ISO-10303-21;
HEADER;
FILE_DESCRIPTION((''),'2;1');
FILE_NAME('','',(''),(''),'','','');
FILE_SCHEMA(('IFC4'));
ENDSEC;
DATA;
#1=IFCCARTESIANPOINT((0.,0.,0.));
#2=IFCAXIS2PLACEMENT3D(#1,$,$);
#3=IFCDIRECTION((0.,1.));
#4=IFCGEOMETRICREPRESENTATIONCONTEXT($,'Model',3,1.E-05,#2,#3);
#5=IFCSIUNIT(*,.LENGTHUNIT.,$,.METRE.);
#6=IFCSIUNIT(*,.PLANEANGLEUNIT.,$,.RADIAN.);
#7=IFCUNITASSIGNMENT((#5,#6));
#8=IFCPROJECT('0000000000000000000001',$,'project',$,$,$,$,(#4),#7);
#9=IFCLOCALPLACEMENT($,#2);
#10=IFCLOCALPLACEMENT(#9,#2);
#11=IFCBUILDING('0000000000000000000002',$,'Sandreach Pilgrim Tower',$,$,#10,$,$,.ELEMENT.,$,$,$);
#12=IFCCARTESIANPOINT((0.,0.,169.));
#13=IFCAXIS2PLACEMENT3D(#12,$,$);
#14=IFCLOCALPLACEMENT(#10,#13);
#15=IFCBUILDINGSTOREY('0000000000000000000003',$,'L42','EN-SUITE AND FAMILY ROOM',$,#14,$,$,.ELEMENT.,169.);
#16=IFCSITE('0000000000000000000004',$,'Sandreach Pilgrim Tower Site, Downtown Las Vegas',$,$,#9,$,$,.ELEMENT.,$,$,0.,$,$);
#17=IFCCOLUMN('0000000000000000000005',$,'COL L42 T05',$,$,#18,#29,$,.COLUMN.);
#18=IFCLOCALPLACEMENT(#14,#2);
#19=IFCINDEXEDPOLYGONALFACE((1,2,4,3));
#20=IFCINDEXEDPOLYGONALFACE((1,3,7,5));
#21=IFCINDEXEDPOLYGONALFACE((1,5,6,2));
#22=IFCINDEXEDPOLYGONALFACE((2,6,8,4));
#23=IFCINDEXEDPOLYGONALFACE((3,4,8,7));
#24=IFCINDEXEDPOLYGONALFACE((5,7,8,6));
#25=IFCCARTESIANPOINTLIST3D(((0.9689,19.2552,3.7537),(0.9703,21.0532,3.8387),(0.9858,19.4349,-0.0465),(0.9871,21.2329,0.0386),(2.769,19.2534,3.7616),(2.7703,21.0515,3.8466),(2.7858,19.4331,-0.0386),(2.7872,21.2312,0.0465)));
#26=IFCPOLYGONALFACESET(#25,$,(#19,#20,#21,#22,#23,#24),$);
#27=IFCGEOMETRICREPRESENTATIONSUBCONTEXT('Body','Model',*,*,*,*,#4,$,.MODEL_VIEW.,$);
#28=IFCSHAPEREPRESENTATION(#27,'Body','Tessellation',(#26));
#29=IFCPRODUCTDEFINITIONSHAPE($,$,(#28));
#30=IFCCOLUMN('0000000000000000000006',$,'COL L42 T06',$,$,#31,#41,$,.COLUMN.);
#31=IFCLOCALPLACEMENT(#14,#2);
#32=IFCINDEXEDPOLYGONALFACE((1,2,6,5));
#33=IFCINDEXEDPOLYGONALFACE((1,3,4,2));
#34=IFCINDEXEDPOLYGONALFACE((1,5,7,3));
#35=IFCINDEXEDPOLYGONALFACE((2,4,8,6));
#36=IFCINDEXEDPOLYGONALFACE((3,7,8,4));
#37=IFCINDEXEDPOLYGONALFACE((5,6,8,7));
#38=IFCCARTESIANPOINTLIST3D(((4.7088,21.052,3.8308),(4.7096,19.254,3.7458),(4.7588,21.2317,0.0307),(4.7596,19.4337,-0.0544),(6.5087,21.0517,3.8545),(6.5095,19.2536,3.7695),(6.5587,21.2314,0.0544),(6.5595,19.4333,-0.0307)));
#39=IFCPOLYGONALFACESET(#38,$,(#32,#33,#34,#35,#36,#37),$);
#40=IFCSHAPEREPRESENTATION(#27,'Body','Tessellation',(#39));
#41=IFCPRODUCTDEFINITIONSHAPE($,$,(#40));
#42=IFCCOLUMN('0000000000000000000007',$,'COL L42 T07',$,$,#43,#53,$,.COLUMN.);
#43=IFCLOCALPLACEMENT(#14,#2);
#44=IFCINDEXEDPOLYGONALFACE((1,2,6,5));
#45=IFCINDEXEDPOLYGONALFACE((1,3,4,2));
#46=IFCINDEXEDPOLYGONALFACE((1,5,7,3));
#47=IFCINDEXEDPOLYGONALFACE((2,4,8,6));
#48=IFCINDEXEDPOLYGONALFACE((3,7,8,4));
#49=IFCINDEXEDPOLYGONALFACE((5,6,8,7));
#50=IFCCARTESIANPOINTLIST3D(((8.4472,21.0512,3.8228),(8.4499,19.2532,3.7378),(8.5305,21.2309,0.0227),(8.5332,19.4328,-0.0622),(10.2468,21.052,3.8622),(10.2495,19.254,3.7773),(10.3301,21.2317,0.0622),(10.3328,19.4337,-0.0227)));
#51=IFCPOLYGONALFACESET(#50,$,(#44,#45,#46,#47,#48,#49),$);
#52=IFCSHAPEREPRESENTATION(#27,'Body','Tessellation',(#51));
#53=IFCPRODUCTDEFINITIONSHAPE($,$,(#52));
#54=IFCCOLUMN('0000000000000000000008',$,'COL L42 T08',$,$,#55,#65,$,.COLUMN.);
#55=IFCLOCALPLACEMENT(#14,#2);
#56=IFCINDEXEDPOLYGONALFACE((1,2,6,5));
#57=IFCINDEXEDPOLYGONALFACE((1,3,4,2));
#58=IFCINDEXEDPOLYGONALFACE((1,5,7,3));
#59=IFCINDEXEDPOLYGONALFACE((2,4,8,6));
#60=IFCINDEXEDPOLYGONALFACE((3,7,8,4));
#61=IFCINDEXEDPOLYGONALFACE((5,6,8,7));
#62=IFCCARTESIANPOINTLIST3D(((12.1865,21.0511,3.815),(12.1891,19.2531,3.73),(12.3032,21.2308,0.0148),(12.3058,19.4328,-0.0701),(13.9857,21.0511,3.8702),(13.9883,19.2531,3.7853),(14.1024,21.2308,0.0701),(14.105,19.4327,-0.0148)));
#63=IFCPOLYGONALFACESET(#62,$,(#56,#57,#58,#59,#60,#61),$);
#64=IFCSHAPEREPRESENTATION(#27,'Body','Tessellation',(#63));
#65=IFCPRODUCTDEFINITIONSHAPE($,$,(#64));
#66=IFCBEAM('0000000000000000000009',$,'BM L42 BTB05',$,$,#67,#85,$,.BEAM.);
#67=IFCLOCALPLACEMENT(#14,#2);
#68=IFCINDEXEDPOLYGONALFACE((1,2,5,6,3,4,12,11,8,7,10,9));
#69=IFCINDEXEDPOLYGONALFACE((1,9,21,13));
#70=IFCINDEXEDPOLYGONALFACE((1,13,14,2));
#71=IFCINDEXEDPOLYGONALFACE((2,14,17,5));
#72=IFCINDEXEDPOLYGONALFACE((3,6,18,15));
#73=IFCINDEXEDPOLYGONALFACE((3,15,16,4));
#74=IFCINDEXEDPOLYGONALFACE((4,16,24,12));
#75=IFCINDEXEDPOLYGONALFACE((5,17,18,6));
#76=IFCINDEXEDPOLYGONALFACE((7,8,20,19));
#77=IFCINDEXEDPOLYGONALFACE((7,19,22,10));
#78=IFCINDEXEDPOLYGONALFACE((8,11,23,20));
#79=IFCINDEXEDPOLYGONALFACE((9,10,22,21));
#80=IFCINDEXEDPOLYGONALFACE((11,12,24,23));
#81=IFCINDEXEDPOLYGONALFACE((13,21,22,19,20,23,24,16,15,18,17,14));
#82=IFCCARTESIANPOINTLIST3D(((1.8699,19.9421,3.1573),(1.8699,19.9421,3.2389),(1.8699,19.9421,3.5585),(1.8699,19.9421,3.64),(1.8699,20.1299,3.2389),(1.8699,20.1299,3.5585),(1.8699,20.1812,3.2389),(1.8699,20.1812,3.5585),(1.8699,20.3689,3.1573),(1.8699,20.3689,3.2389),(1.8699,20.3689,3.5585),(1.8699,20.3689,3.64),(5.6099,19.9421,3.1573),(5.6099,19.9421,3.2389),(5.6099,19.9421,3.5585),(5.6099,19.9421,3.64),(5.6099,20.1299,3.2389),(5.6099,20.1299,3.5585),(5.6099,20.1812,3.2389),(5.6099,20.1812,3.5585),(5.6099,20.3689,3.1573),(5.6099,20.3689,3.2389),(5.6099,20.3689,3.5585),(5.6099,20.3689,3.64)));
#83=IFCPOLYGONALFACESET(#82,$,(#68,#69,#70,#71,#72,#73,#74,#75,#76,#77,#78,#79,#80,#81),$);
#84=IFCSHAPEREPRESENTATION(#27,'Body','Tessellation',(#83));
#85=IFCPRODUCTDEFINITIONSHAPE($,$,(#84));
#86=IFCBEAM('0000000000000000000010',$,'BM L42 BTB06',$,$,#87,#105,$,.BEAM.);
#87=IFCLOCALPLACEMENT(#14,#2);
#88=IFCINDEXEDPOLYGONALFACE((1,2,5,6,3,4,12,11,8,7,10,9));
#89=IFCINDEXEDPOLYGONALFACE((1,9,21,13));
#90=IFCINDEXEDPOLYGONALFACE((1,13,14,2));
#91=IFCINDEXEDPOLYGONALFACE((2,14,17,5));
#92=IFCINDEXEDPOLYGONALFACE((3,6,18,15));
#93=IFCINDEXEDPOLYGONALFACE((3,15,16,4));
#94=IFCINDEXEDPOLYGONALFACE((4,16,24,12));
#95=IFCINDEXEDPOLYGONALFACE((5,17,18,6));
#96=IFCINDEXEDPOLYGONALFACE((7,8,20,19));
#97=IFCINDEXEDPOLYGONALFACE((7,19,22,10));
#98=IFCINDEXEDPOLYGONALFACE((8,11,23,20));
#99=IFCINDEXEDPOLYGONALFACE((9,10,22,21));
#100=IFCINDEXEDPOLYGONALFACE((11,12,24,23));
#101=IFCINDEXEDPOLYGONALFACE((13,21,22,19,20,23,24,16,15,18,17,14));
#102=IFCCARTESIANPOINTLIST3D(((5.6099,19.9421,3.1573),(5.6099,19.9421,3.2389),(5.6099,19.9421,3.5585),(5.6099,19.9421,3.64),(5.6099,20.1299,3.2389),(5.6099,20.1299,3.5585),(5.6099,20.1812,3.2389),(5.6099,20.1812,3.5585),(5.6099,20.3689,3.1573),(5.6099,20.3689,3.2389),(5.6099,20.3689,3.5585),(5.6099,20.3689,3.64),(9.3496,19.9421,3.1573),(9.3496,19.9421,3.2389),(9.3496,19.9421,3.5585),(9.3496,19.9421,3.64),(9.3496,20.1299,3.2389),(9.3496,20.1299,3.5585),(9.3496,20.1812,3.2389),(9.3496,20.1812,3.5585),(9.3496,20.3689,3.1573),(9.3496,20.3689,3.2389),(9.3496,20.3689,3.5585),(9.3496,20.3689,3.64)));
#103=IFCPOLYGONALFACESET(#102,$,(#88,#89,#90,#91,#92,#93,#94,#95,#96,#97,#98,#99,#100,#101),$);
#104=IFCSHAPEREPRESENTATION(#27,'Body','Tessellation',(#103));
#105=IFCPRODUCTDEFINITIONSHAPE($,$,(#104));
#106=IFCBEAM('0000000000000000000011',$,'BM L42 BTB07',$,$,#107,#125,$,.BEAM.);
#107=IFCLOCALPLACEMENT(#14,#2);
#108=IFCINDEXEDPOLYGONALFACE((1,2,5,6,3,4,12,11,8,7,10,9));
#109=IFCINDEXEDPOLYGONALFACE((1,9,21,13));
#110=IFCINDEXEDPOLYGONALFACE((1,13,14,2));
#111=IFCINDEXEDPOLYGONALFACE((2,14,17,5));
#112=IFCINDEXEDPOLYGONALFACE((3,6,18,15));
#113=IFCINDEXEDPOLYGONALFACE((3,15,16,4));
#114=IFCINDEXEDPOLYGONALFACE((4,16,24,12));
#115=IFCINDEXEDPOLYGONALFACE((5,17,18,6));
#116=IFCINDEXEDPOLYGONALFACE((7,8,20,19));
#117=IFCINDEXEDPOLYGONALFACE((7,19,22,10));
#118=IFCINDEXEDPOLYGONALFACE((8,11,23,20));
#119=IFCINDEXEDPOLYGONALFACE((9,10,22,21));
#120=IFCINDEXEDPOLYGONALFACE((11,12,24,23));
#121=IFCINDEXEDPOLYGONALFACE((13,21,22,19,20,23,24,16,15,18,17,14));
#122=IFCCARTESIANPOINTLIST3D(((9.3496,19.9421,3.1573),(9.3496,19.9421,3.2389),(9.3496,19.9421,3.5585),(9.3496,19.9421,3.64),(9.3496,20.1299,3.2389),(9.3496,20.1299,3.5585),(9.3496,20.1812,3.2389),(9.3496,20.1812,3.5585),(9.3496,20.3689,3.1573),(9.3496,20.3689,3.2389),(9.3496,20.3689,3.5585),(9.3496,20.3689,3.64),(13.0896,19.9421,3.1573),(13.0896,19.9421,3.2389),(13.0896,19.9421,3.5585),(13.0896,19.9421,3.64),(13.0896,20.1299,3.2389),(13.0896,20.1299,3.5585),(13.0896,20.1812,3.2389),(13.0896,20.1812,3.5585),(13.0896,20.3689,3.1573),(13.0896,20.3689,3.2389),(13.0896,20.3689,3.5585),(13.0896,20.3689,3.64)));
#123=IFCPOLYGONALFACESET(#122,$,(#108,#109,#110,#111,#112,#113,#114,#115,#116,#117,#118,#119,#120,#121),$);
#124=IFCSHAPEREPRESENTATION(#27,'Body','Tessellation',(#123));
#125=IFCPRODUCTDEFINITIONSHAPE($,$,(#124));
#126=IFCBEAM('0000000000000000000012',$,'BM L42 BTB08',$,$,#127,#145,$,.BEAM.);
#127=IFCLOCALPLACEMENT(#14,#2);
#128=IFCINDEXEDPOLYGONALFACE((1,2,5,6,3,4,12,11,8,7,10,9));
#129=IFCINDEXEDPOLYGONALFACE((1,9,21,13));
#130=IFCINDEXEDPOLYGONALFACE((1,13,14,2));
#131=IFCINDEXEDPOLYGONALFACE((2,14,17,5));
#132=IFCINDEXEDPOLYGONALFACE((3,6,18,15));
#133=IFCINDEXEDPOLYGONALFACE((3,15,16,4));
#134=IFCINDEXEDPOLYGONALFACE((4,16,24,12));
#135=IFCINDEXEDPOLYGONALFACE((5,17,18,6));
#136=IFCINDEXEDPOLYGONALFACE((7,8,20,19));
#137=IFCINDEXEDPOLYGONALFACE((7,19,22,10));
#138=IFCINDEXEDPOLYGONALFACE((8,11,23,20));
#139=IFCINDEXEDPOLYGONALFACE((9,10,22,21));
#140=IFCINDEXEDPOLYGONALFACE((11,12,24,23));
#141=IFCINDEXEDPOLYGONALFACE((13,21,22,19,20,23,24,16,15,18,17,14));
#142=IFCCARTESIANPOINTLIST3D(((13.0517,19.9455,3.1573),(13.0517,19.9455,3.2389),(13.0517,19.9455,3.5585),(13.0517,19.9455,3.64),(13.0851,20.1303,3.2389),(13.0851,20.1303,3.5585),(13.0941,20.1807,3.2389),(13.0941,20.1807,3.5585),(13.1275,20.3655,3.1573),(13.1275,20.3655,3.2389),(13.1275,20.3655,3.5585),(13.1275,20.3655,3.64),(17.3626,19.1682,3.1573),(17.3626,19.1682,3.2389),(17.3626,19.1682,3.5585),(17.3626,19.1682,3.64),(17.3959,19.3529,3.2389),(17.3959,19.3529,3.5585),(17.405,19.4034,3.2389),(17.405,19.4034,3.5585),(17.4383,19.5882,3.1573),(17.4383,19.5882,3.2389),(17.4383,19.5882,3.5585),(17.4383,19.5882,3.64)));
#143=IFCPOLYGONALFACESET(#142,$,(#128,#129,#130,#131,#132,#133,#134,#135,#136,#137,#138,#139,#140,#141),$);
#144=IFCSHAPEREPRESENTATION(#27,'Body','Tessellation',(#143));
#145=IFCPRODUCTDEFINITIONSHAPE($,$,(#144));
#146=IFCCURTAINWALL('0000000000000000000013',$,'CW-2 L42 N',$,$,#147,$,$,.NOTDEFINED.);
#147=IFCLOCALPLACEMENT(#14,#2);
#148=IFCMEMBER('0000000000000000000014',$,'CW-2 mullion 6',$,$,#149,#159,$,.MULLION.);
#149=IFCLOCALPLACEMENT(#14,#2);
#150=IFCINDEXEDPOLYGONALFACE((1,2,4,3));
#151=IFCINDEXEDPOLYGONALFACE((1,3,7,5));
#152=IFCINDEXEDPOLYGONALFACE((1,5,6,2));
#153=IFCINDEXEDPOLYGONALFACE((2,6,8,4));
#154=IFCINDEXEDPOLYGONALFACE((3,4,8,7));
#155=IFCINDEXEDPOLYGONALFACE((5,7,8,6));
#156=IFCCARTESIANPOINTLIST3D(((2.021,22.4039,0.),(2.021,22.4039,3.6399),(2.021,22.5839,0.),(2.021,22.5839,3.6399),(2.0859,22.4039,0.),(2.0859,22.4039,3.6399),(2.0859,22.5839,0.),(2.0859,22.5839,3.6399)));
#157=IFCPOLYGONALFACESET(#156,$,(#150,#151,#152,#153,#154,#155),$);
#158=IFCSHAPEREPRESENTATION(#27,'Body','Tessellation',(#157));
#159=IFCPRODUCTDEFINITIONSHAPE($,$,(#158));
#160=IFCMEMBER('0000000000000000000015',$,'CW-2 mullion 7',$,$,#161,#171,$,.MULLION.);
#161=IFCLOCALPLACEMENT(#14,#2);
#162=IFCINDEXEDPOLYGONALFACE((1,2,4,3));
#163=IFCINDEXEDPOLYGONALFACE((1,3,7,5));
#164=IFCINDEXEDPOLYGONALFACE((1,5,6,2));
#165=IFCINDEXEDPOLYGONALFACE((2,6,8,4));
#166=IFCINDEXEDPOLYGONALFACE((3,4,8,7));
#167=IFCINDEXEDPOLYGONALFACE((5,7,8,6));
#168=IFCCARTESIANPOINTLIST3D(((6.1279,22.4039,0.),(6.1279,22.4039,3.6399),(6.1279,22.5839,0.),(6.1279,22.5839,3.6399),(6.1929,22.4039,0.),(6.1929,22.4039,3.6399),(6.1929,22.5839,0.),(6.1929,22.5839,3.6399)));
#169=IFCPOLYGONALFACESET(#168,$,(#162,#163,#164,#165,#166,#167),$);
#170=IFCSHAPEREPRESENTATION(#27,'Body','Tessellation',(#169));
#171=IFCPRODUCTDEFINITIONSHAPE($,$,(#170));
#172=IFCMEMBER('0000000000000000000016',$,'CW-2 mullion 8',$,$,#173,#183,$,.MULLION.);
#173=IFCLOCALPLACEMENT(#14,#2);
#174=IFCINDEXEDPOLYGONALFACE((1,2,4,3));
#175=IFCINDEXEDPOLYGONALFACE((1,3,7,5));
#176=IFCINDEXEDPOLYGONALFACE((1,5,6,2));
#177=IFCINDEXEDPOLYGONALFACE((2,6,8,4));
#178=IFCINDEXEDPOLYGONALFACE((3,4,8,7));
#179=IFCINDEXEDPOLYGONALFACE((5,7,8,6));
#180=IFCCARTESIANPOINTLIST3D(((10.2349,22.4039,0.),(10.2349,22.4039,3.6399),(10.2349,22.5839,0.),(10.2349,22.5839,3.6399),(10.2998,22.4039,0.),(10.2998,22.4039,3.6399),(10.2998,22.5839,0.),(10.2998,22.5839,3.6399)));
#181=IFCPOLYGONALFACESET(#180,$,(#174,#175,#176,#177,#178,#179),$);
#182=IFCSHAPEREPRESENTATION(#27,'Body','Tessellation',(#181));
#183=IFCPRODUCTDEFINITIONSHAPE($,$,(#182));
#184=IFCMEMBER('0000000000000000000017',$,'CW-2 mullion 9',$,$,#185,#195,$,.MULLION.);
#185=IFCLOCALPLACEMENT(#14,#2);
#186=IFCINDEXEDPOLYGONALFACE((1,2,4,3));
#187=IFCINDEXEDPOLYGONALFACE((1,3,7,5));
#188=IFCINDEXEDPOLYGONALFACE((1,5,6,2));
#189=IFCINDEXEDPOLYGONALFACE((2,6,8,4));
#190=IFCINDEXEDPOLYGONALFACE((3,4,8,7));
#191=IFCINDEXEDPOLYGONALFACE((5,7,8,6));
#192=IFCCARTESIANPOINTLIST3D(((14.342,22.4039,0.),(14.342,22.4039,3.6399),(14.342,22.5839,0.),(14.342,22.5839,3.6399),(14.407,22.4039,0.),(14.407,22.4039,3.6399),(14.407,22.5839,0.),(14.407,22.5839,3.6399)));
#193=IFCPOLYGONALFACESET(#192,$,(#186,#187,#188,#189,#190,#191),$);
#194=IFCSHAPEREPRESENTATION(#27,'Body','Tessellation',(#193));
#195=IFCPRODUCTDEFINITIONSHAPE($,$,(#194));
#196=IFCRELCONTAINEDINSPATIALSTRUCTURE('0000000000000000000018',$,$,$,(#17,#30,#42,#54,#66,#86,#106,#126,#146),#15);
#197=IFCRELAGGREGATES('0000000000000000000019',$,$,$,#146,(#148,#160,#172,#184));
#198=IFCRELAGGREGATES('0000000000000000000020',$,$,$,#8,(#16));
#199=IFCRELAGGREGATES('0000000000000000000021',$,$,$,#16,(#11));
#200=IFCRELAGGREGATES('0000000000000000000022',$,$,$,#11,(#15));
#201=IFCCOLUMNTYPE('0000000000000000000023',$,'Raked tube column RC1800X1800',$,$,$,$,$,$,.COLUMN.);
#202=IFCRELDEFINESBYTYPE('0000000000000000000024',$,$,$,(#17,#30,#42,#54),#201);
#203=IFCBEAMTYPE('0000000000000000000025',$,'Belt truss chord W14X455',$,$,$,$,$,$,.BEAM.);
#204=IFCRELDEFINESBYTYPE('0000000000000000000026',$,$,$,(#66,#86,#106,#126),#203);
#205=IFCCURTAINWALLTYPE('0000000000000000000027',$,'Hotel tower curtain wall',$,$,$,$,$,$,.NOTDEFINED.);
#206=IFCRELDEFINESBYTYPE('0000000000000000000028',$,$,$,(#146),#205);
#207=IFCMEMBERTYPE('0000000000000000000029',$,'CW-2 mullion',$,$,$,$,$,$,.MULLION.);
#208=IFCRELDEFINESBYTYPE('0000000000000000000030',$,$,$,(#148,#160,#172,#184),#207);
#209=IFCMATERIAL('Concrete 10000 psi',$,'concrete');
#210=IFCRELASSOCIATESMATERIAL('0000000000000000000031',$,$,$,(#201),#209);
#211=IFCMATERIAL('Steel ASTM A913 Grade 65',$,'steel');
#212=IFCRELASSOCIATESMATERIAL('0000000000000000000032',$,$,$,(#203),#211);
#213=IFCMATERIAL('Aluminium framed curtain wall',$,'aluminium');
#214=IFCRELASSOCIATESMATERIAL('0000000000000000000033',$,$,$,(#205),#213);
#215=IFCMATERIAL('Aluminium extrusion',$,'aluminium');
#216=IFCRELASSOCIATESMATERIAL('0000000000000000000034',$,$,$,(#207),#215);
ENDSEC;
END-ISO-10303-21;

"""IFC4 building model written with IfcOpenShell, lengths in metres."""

from ifc_helpers import new_model, si_unit, direction, frame, origin, origin_2d, place, context, subcontext, project, spatial, rectangle, i_section, extrude, material, material_profile, profile_set, type_object, element, aggregate, save


model = new_model("IFC4")

# Units and contexts
model_context = context("Model", 3, precision=1e-05, world=origin(), true_north=direction((0.0, 1.0)))
body_context = subcontext(model_context, "Body", "Model", "MODEL_VIEW")
ifc_project = project(units=[si_unit("LENGTHUNIT", "METRE"), si_unit("PLANEANGLEUNIT", "RADIAN")], contexts=[model_context])

# Site, building, storey
site_placement = place(None, origin())
site = spatial("IfcSite", under=ifc_project, at=site_placement, Name="Sandreach Pilgrim Tower Site, Downtown Las Vegas", CompositionType="ELEMENT", RefElevation=0.0)
building_placement = place(site_placement, origin())
building = spatial("IfcBuilding", under=site, at=building_placement, Name="Sandreach Pilgrim Tower", CompositionType="ELEMENT")
storey_placement = place(building_placement, frame((0.0, 0.0, 169.0)))
storey = spatial("IfcBuildingStorey", under=building, at=storey_placement, Name="L42", Description="EN-SUITE AND FAMILY ROOM", CompositionType="ELEMENT", Elevation=169.0)

# Columns
ifc_material_1 = material(Name="Concrete 10000 psi", Category="concrete")
ifc_material_profile_1 = material_profile(ifc_material_1, rectangle(XDim=1.8, YDim=1.8, at=origin_2d()), Name="RC1800X1800")
ifc_profile_set_1 = profile_set([ifc_material_profile_1], Name="Concrete 10000 psi")
column_type = type_object("IfcColumnType", Name="Raked tube column RC1800X1800", PredefinedType="COLUMN", material=ifc_profile_set_1)
column_1_placement = place(storey_placement, frame((1.8865, 20.333, 0.0), z_axis=(-0.004428, -0.047232, 0.998874), x_axis=(0.000758, 0.998883, 0.047236)))
element("IfcColumn", 1, at=column_1_placement, inside=storey, type_object=column_type, Name="COL L42 T05", PredefinedType="COLUMN", context=body_context, shape_type="SweptSolid", body=[
    extrude(rectangle(XDim=1.8, YDim=1.8, at=origin_2d()), origin(), (0.0, 0.0, 1.0), 3.8044),
])
column_2_placement = place(storey_placement, frame((5.6592, 20.3325, 0.0), z_axis=(-0.013155, -0.047229, 0.998797), x_axis=(-0.000431, 0.998884, 0.047227)))
element("IfcColumn", 2, at=column_2_placement, inside=storey, type_object=column_type, Name="COL L42 T06", PredefinedType="COLUMN", context=body_context, shape_type="SweptSolid", body=[
    extrude(rectangle(XDim=1.8, YDim=1.8, at=origin_2d()), origin(), (0.0, 0.0, 1.0), 3.8047),
])
column_3_placement = place(storey_placement, frame((9.4316, 20.3323, 0.0), z_axis=(-0.021878, -0.047221, 0.998645), x_axis=(-0.001498, 0.998884, 0.0472)))
element("IfcColumn", 3, at=column_3_placement, inside=storey, type_object=column_type, Name="COL L42 T07", PredefinedType="COLUMN", context=body_context, shape_type="SweptSolid", body=[
    extrude(rectangle(XDim=1.8, YDim=1.8, at=origin_2d()), origin(), (0.0, 0.0, 1.0), 3.8052),
])
column_4_placement = place(storey_placement, frame((13.2041, 20.3318, 0.0), z_axis=(-0.030661, -0.047211, 0.998414), x_axis=(-0.00143, 0.998885, 0.047189)))
element("IfcColumn", 4, at=column_4_placement, inside=storey, type_object=column_type, Name="COL L42 T08", PredefinedType="COLUMN", context=body_context, shape_type="SweptSolid", body=[
    extrude(rectangle(XDim=1.8, YDim=1.8, at=origin_2d()), origin(), (0.0, 0.0, 1.0), 3.8062),
])

# Beams
ifc_material_2 = material(Name="Steel ASTM A913 Grade 65", Category="steel")
ifc_material_profile_2 = material_profile(ifc_material_2, i_section(OverallWidth=0.4268, OverallDepth=0.4827, WebThickness=0.0513, FlangeThickness=0.0815, at=origin_2d()), Name="W14X455")
ifc_profile_set_2 = profile_set([ifc_material_profile_2], Name="Steel ASTM A913 Grade 65")
beam_type_1 = type_object("IfcBeamType", Name="Belt truss chord W14X455", PredefinedType="BEAM", material=ifc_profile_set_2)
beam_1_placement = place(storey_placement, frame((1.8699, 20.1555, 3.3987), z_axis=(1.0, 0.0, 0.0), x_axis=(0.0, 1.0, 0.0)))
element("IfcBeam", 5, at=beam_1_placement, inside=storey, type_object=beam_type_1, Name="BM L42 BTB05", PredefinedType="BEAM", context=body_context, shape_type="SweptSolid", body=[
    extrude(i_section(OverallWidth=0.4268, OverallDepth=0.4827, WebThickness=0.0513, FlangeThickness=0.0815, at=origin_2d()), origin(), (0.0, 0.0, 1.0), 3.74),
])
beam_2_placement = place(storey_placement, frame((5.6099, 20.1555, 3.3987), z_axis=(1.0, 0.0, 0.0), x_axis=(0.0, 1.0, 0.0)))
element("IfcBeam", 6, at=beam_2_placement, inside=storey, type_object=beam_type_1, Name="BM L42 BTB06", PredefinedType="BEAM", context=body_context, shape_type="SweptSolid", body=[
    extrude(i_section(OverallWidth=0.4268, OverallDepth=0.4827, WebThickness=0.0513, FlangeThickness=0.0815, at=origin_2d()), origin(), (0.0, 0.0, 1.0), 3.7397),
])
beam_3_placement = place(storey_placement, frame((9.3496, 20.1555, 3.3987), z_axis=(1.0, 0.0, 0.0), x_axis=(0.0, 1.0, 0.0)))
element("IfcBeam", 7, at=beam_3_placement, inside=storey, type_object=beam_type_1, Name="BM L42 BTB07", PredefinedType="BEAM", context=body_context, shape_type="SweptSolid", body=[
    extrude(i_section(OverallWidth=0.4268, OverallDepth=0.4827, WebThickness=0.0513, FlangeThickness=0.0815, at=origin_2d()), origin(), (0.0, 0.0, 1.0), 3.74),
])
beam_4_placement = place(storey_placement, frame((13.0896, 20.1555, 3.3987), z_axis=(0.984127, -0.177463, 0.0), x_axis=(0.177463, 0.984127, 0.0)))
element("IfcBeam", 8, at=beam_4_placement, inside=storey, type_object=beam_type_1, Name="BM L42 BTB08", PredefinedType="BEAM", context=body_context, shape_type="SweptSolid", body=[
    extrude(i_section(OverallWidth=0.4268, OverallDepth=0.4827, WebThickness=0.0513, FlangeThickness=0.0815, at=origin_2d()), origin(), (0.0, 0.0, 1.0), 4.3804),
])

# Curtain wall, members
ifc_material_3 = material(Name="Aluminium framed curtain wall", Category="aluminium")
curtain_wall_type = type_object("IfcCurtainWallType", Name="Hotel tower curtain wall", PredefinedType="NOTDEFINED", material=ifc_material_3)
curtain_wall_placement = place(storey_placement, origin())
curtain_wall = element("IfcCurtainWall", 9, at=curtain_wall_placement, inside=storey, type_object=curtain_wall_type, Name="CW-2 L42 N", PredefinedType="NOTDEFINED")
ifc_material_4 = material(Name="Aluminium extrusion", Category="aluminium")
ifc_material_profile_3 = material_profile(ifc_material_4, rectangle(XDim=0.0649, YDim=0.1799, at=origin_2d()), Name="CW-2M 65X180")
ifc_profile_set_3 = profile_set([ifc_material_profile_3], Name="Aluminium extrusion")
member_type_1 = type_object("IfcMemberType", Name="CW-2 mullion", PredefinedType="MULLION", material=ifc_profile_set_3)
member_1_placement = place(storey_placement, frame((2.0535, 22.4939, 0.0), z_axis=(0.0, 0.0, 1.0), x_axis=(1.0, 0.0, 0.0)))
member_1 = element("IfcMember", 10, at=member_1_placement, type_object=member_type_1, Name="CW-2 mullion 6", PredefinedType="MULLION", context=body_context, shape_type="SweptSolid", body=[
    extrude(rectangle(XDim=0.0649, YDim=0.1799, at=origin_2d()), origin(), (0.0, 0.0, 1.0), 3.6399),
])
member_2_placement = place(storey_placement, frame((6.1604, 22.4939, 0.0), z_axis=(0.0, 0.0, 1.0), x_axis=(1.0, 0.0, 0.0)))
member_2 = element("IfcMember", 11, at=member_2_placement, type_object=member_type_1, Name="CW-2 mullion 7", PredefinedType="MULLION", context=body_context, shape_type="SweptSolid", body=[
    extrude(rectangle(XDim=0.0649, YDim=0.1799, at=origin_2d()), origin(), (0.0, 0.0, 1.0), 3.6399),
])
member_3_placement = place(storey_placement, frame((10.2673, 22.4939, 0.0), z_axis=(0.0, 0.0, 1.0), x_axis=(1.0, 0.0, 0.0)))
member_3 = element("IfcMember", 12, at=member_3_placement, type_object=member_type_1, Name="CW-2 mullion 8", PredefinedType="MULLION", context=body_context, shape_type="SweptSolid", body=[
    extrude(rectangle(XDim=0.0649, YDim=0.1799, at=origin_2d()), origin(), (0.0, 0.0, 1.0), 3.6399),
])
member_4_placement = place(storey_placement, frame((14.3745, 22.4939, 0.0), z_axis=(0.0, 0.0, 1.0), x_axis=(1.0, 0.0, 0.0)))
member_4 = element("IfcMember", 13, at=member_4_placement, type_object=member_type_1, Name="CW-2 mullion 9", PredefinedType="MULLION", context=body_context, shape_type="SweptSolid", body=[
    extrude(rectangle(XDim=0.0649, YDim=0.1799, at=origin_2d()), origin(), (0.0, 0.0, 1.0), 3.6399),
])

aggregate(curtain_wall, [member_1, member_2, member_3, member_4])

save(model, "model.ifc")
